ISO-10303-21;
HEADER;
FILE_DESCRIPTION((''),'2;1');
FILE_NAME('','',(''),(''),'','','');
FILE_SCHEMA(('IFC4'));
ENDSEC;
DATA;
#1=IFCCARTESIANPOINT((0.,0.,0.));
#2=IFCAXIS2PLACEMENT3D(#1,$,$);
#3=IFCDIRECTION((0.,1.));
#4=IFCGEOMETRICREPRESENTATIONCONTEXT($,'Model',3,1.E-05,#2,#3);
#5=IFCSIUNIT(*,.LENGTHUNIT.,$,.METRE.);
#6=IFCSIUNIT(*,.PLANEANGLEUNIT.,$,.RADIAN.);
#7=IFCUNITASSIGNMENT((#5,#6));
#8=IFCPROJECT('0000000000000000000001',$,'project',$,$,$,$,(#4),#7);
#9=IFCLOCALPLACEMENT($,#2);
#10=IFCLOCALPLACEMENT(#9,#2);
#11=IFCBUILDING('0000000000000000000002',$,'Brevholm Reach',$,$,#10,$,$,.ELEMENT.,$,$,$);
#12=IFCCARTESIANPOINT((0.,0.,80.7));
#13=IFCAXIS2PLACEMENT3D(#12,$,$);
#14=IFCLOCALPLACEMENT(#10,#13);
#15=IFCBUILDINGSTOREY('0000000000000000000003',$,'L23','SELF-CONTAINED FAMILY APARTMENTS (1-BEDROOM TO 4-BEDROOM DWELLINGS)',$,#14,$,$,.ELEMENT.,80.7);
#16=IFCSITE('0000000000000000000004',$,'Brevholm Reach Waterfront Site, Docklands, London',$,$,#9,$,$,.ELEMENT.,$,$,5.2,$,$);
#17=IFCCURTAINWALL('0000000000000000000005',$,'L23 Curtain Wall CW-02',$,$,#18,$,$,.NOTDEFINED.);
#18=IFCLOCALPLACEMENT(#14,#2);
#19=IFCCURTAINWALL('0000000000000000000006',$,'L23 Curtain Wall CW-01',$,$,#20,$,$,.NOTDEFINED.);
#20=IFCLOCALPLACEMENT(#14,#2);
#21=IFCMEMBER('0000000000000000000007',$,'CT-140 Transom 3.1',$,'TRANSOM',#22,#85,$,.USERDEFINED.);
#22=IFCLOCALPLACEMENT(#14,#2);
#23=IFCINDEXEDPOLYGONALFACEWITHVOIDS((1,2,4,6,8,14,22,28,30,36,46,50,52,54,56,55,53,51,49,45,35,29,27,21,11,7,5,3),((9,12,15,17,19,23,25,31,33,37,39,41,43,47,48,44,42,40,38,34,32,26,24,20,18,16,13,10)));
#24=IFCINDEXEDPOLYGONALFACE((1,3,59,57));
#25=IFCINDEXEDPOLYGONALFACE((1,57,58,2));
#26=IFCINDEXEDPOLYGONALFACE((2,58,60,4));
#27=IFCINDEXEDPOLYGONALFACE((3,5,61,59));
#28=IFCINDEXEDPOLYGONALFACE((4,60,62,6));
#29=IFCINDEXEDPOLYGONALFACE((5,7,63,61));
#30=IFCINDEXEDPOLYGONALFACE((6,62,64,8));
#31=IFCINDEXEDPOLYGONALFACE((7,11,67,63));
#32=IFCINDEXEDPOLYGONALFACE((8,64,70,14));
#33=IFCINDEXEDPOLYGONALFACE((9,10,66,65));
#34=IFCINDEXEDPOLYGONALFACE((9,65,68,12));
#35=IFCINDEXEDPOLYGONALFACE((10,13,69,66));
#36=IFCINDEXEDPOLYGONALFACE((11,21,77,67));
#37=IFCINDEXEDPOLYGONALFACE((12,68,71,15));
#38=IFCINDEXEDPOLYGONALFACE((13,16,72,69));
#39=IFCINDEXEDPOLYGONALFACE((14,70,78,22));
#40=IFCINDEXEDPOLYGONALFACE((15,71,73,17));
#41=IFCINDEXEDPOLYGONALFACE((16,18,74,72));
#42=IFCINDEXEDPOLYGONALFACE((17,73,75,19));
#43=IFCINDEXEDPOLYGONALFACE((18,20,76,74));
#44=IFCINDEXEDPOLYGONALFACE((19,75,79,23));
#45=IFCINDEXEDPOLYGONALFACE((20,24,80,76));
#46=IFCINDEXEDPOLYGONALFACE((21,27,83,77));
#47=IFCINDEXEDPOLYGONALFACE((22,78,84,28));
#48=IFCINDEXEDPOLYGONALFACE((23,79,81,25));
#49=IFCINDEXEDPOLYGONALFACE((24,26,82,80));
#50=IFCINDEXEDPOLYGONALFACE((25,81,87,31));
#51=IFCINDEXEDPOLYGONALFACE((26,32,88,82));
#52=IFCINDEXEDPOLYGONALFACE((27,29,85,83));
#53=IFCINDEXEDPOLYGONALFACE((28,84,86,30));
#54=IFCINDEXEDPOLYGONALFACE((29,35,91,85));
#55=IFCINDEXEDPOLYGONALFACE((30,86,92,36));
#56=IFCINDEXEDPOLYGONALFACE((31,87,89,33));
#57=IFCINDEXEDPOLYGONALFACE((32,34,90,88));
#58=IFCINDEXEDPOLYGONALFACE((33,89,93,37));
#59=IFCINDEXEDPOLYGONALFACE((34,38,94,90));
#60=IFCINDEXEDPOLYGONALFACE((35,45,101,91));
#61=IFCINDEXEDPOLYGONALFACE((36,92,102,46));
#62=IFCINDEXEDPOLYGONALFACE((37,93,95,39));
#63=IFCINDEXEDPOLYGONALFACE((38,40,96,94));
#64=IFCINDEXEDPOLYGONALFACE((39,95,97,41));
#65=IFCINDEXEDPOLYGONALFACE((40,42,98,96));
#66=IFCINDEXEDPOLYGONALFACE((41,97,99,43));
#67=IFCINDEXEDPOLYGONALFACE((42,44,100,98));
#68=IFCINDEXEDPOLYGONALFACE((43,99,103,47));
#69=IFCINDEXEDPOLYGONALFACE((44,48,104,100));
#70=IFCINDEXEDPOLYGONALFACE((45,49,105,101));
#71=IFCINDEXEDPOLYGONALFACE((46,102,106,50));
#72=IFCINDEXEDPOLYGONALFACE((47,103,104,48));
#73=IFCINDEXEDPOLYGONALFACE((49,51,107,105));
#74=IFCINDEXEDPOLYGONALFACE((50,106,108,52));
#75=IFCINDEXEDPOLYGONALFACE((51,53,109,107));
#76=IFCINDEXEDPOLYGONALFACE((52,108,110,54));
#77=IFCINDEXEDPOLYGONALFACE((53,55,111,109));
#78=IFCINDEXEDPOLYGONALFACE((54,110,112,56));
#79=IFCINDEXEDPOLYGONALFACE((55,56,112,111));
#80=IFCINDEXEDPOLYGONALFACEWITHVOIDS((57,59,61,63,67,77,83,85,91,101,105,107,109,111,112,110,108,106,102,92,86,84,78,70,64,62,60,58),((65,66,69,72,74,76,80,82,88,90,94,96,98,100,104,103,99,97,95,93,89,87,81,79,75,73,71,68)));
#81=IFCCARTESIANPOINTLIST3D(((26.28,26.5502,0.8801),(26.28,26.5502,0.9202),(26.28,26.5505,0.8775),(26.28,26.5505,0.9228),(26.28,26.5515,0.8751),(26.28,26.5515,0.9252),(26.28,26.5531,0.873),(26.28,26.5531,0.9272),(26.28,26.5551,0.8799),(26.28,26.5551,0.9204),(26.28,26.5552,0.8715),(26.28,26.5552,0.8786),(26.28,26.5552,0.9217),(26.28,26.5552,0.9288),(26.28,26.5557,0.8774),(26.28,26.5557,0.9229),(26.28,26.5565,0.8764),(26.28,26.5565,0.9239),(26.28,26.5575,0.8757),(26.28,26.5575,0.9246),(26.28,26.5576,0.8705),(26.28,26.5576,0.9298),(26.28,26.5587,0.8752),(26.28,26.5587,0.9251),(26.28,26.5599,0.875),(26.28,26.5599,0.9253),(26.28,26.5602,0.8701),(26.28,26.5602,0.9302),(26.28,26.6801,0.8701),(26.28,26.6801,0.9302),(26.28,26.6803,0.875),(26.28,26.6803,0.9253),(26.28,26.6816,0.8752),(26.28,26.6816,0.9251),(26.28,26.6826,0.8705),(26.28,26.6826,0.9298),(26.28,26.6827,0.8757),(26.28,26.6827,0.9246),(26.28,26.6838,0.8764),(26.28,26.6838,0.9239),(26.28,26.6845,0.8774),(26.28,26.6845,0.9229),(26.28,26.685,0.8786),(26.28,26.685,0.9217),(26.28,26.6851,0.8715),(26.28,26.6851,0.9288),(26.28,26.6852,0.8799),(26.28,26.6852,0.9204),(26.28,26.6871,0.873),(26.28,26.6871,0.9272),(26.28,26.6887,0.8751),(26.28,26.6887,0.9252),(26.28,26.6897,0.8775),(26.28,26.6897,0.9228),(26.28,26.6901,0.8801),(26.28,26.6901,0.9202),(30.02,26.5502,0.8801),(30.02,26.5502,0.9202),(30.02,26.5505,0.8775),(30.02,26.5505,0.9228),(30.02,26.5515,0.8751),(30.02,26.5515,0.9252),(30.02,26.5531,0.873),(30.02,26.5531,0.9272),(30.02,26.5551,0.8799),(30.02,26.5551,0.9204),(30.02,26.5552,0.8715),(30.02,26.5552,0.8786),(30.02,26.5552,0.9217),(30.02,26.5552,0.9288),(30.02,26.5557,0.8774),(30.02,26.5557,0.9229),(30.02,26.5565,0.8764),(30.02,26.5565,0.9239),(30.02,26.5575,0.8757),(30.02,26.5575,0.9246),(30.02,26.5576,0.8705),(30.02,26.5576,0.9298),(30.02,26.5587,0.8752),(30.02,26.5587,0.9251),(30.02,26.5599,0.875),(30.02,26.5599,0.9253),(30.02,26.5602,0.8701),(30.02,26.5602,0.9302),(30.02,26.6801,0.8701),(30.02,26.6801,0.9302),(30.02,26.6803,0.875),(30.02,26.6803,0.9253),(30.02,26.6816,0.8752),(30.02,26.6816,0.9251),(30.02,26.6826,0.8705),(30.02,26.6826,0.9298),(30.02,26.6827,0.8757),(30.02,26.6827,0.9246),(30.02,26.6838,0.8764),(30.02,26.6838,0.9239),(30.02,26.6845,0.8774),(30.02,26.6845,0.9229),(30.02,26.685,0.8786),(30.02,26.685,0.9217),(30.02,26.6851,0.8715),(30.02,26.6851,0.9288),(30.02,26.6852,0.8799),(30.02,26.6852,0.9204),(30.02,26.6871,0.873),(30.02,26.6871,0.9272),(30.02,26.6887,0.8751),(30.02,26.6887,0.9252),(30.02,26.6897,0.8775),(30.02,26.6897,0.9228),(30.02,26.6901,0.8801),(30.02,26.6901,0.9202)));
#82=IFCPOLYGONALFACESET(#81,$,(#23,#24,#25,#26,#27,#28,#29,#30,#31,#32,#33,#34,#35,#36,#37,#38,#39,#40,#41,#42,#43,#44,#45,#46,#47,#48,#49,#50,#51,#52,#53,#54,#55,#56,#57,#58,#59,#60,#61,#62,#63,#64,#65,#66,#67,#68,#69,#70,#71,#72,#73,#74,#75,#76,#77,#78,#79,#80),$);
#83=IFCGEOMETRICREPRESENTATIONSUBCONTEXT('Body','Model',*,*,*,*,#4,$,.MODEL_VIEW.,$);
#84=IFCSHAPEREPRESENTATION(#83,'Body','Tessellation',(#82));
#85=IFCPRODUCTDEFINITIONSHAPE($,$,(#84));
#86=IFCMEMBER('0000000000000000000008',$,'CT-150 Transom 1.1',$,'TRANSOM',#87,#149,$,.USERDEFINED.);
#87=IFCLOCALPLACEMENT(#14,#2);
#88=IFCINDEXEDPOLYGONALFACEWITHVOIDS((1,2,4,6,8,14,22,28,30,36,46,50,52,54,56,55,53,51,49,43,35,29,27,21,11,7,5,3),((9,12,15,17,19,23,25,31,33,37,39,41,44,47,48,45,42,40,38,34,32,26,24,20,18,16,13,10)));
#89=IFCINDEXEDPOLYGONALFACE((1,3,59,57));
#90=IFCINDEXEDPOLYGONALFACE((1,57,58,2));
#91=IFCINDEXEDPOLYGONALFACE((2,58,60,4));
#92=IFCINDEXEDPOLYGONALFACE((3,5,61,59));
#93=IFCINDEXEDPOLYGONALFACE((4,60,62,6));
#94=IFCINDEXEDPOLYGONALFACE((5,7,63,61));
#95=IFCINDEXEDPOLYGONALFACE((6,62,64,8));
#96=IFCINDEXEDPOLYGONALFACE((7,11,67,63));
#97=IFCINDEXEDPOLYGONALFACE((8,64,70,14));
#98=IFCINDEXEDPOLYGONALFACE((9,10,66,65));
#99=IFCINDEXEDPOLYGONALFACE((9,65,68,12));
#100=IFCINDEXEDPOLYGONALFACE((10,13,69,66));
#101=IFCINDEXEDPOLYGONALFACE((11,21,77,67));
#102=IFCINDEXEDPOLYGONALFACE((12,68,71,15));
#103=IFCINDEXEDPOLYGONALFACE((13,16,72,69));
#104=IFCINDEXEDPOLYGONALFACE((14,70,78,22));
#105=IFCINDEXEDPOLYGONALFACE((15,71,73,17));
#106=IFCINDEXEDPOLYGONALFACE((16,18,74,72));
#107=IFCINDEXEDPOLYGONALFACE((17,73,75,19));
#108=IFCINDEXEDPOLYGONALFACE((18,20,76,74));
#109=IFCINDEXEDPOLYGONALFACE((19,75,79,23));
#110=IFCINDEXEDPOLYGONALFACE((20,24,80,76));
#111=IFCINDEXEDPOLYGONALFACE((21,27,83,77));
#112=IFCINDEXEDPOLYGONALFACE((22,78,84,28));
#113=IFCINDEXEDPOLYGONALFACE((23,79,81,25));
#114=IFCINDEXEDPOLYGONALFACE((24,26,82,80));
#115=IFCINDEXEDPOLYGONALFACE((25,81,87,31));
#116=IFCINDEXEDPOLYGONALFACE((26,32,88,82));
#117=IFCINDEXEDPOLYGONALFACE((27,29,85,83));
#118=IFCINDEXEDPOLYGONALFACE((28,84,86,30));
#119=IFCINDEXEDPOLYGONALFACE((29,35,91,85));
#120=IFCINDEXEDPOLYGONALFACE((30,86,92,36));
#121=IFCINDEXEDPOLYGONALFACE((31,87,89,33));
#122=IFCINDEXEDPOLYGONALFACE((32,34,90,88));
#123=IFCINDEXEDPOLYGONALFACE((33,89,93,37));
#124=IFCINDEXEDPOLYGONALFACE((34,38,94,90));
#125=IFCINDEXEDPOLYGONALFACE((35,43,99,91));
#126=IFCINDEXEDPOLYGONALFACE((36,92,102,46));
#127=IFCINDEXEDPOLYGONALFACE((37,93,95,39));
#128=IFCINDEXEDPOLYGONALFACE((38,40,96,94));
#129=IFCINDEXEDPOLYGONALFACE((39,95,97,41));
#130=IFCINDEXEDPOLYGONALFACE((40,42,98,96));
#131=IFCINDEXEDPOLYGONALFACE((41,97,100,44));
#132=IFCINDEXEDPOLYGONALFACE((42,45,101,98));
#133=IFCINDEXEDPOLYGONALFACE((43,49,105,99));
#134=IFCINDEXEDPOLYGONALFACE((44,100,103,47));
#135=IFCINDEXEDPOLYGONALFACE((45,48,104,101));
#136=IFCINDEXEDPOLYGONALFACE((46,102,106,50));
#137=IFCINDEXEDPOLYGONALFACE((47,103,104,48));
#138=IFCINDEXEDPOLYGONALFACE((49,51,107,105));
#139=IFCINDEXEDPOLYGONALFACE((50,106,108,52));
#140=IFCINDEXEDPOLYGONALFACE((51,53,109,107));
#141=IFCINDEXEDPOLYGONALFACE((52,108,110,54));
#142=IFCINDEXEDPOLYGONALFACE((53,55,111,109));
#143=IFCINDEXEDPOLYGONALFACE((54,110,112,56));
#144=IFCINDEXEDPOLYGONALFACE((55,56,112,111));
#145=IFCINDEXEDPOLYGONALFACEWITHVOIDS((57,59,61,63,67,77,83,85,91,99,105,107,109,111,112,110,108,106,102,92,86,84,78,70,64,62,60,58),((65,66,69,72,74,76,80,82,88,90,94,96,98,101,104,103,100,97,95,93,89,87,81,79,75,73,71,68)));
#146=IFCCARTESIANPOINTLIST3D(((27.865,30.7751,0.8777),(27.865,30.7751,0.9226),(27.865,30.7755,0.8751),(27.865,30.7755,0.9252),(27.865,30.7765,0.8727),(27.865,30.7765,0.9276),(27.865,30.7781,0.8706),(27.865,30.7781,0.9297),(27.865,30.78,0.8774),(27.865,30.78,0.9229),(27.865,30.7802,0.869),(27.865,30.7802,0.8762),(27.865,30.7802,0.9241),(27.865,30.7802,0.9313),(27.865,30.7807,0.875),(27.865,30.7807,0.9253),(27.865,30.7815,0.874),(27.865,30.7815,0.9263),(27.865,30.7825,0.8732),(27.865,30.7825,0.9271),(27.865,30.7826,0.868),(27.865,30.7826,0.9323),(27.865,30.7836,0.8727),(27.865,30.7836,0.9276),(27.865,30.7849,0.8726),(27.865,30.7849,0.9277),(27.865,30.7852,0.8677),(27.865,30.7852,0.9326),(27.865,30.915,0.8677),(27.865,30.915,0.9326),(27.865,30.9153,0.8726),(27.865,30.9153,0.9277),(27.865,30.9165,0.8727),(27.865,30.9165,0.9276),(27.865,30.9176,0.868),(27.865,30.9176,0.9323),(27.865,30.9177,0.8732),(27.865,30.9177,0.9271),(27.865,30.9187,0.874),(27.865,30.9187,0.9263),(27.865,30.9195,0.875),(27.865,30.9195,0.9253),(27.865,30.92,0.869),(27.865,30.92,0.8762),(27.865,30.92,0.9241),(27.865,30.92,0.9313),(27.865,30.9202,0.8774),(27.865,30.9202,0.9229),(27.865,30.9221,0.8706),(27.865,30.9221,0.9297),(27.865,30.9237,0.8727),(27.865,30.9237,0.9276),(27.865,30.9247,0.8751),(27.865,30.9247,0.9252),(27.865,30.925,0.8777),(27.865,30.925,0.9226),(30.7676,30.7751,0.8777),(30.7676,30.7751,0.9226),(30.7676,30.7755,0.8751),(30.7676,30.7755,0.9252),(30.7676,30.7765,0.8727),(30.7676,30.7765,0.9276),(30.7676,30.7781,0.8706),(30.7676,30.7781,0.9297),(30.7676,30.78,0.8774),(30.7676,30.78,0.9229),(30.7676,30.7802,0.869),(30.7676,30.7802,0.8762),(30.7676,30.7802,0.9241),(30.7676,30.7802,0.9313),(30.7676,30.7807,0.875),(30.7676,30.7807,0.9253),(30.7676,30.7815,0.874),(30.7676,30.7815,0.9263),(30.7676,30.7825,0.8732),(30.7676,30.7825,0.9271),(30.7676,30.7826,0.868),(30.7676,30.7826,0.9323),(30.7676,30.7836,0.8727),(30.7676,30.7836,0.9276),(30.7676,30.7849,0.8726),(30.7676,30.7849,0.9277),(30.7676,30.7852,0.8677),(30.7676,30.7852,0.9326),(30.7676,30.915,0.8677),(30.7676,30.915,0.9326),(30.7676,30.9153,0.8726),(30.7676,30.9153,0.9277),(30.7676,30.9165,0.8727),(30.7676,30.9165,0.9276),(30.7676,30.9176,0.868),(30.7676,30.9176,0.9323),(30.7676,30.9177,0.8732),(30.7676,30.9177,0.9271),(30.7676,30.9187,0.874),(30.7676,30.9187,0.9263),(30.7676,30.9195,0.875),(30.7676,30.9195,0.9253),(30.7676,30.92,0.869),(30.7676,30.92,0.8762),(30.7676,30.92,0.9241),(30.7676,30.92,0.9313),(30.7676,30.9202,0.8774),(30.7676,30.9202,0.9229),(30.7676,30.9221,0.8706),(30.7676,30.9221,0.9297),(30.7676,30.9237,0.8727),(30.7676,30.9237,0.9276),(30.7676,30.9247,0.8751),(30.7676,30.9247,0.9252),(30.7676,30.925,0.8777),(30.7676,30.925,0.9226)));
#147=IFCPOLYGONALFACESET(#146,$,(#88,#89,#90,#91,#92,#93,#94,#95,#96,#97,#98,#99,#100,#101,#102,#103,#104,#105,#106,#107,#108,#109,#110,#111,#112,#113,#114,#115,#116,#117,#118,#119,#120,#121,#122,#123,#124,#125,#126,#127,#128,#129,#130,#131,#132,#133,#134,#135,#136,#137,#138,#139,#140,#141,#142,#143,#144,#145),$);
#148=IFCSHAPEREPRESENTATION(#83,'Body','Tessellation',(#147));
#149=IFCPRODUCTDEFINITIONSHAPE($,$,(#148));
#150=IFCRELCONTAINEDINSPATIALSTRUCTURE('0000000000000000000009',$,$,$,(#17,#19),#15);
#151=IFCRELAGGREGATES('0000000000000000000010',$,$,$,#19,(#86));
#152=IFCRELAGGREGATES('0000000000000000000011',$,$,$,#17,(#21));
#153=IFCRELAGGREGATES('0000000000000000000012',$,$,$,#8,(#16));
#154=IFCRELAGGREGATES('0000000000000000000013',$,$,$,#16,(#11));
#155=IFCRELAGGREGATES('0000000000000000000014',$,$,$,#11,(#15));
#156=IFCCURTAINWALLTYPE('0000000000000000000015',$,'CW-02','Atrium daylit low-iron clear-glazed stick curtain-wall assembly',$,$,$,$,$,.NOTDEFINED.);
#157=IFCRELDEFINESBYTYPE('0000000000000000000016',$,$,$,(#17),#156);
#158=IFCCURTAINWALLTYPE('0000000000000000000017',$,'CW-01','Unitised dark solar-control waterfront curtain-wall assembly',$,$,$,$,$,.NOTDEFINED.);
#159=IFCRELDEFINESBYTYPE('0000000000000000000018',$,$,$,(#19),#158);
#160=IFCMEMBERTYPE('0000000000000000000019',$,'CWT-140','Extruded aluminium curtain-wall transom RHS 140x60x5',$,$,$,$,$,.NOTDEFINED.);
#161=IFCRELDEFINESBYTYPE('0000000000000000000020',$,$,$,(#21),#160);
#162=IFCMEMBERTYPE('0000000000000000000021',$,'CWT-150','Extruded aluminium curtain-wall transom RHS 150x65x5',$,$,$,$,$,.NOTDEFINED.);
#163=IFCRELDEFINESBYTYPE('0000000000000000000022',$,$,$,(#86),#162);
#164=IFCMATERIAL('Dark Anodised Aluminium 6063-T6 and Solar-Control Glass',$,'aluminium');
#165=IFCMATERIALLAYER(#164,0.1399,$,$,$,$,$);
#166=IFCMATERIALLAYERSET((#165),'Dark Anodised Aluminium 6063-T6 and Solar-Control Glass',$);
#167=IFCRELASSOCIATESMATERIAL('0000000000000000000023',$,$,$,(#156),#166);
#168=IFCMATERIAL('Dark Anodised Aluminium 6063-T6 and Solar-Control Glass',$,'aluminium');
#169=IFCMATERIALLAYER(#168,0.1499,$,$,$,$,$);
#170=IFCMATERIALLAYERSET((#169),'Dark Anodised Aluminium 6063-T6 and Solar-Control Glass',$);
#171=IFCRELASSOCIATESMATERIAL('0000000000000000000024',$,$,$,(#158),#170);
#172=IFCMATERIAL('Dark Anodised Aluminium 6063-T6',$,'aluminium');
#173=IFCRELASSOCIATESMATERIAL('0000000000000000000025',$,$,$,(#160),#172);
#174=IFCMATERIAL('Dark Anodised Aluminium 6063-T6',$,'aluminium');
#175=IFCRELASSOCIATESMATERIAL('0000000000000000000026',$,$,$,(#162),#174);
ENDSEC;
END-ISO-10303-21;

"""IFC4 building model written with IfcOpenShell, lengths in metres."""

from ifc_helpers import new_model, si_unit, direction, frame, origin, origin_2d, place, context, subcontext, project, spatial, hollow_rectangle, extrude, material, layer, layer_set, material_profile, profile_set, type_object, element, aggregate, save


model = new_model("IFC4")

# Units and contexts
model_context = context("Model", 3, precision=1e-05, world=origin(), true_north=direction((0.0, 1.0)))
body_context = subcontext(model_context, "Body", "Model", "MODEL_VIEW")
ifc_project = project(units=[si_unit("LENGTHUNIT", "METRE"), si_unit("PLANEANGLEUNIT", "RADIAN")], contexts=[model_context])

# Site, building, storey
site_placement = place(None, origin())
site = spatial("IfcSite", under=ifc_project, at=site_placement, Name="Brevholm Reach Waterfront Site, Docklands, London", CompositionType="ELEMENT", RefElevation=5.2)
building_placement = place(site_placement, origin())
building = spatial("IfcBuilding", under=site, at=building_placement, Name="Brevholm Reach", CompositionType="ELEMENT")
storey_placement = place(building_placement, frame((0.0, 0.0, 80.7)))
storey = spatial("IfcBuildingStorey", under=building, at=storey_placement, Name="L23", Description="SELF-CONTAINED FAMILY APARTMENTS (1-BEDROOM TO 4-BEDROOM DWELLINGS)", CompositionType="ELEMENT", Elevation=80.7)

# Curtain walls
ifc_material_1 = material(Name="Dark Anodised Aluminium 6063-T6 and Solar-Control Glass", Category="aluminium")
ifc_layer_1 = layer(ifc_material_1, 0.1399)
ifc_layer_set_1 = layer_set([ifc_layer_1], Name="Dark Anodised Aluminium 6063-T6 and Solar-Control Glass")
curtain_wall_type_1 = type_object("IfcCurtainWallType", Name="CW-02", Description="Atrium daylit low-iron clear-glazed stick curtain-wall assembly", PredefinedType="NOTDEFINED", material=ifc_layer_set_1)
curtain_wall_1_placement = place(storey_placement, origin())
curtain_wall_1 = element("IfcCurtainWall", 1, at=curtain_wall_1_placement, inside=storey, type_object=curtain_wall_type_1, Name="L23 Curtain Wall CW-02", PredefinedType="NOTDEFINED")
ifc_material_2 = material(Name="Dark Anodised Aluminium 6063-T6 and Solar-Control Glass", Category="aluminium")
ifc_layer_2 = layer(ifc_material_2, 0.1499)
ifc_layer_set_2 = layer_set([ifc_layer_2], Name="Dark Anodised Aluminium 6063-T6 and Solar-Control Glass")
curtain_wall_type_2 = type_object("IfcCurtainWallType", Name="CW-01", Description="Unitised dark solar-control waterfront curtain-wall assembly", PredefinedType="NOTDEFINED", material=ifc_layer_set_2)
curtain_wall_2_placement = place(storey_placement, origin())
curtain_wall_2 = element("IfcCurtainWall", 2, at=curtain_wall_2_placement, inside=storey, type_object=curtain_wall_type_2, Name="L23 Curtain Wall CW-01", PredefinedType="NOTDEFINED")

# Members
ifc_material_3 = material(Name="Dark Anodised Aluminium 6063-T6", Category="aluminium")
ifc_material_profile_1 = material_profile(ifc_material_3, hollow_rectangle(XDim=0.0601, YDim=0.1399, WallThickness=0.0049, InnerFilletRadius=0.0049, OuterFilletRadius=0.01, at=origin_2d()), Name="RHS 140x60x5")
ifc_profile_set_1 = profile_set([ifc_material_profile_1], Name="Dark Anodised Aluminium 6063-T6")
member_type_1 = type_object("IfcMemberType", Name="CWT-140", Description="Extruded aluminium curtain-wall transom RHS 140x60x5", PredefinedType="NOTDEFINED", material=ifc_profile_set_1)
member_1_placement = place(storey_placement, frame((30.02, 26.6201, 0.9001), z_axis=(-1.0, 0.0, 0.0), x_axis=(0.0, 0.0, 1.0)))
member_1 = element("IfcMember", 3, at=member_1_placement, type_object=member_type_1, Name="CT-140 Transom 3.1", ObjectType="TRANSOM", PredefinedType="USERDEFINED", context=body_context, shape_type="SweptSolid", body=[
    extrude(hollow_rectangle(XDim=0.0601, YDim=0.1399, WallThickness=0.0049, InnerFilletRadius=0.0049, OuterFilletRadius=0.01, at=origin_2d()), origin(), (0.0, 0.0, 1.0), 3.74),
])
ifc_material_4 = material(Name="Dark Anodised Aluminium 6063-T6", Category="aluminium")
ifc_material_profile_2 = material_profile(ifc_material_4, hollow_rectangle(XDim=0.0649, YDim=0.1499, WallThickness=0.0049, InnerFilletRadius=0.0049, OuterFilletRadius=0.01, at=origin_2d()), Name="RHS 150x65x5")
ifc_profile_set_2 = profile_set([ifc_material_profile_2], Name="Dark Anodised Aluminium 6063-T6")
member_type_2 = type_object("IfcMemberType", Name="CWT-150", Description="Extruded aluminium curtain-wall transom RHS 150x65x5", PredefinedType="NOTDEFINED", material=ifc_profile_set_2)
member_2_placement = place(storey_placement, frame((27.865, 30.8501, 0.9001), z_axis=(1.0, 0.0, 0.0), x_axis=(0.0, 0.0, 1.0)))
member_2 = element("IfcMember", 4, at=member_2_placement, type_object=member_type_2, Name="CT-150 Transom 1.1", ObjectType="TRANSOM", PredefinedType="USERDEFINED", context=body_context, shape_type="SweptSolid", body=[
    extrude(hollow_rectangle(XDim=0.0649, YDim=0.1499, WallThickness=0.0049, InnerFilletRadius=0.0049, OuterFilletRadius=0.01, at=origin_2d()), origin(), (0.0, 0.0, 1.0), 2.9026),
])

aggregate(curtain_wall_2, [member_2])
aggregate(curtain_wall_1, [member_1])

save(model, "model.ifc")
